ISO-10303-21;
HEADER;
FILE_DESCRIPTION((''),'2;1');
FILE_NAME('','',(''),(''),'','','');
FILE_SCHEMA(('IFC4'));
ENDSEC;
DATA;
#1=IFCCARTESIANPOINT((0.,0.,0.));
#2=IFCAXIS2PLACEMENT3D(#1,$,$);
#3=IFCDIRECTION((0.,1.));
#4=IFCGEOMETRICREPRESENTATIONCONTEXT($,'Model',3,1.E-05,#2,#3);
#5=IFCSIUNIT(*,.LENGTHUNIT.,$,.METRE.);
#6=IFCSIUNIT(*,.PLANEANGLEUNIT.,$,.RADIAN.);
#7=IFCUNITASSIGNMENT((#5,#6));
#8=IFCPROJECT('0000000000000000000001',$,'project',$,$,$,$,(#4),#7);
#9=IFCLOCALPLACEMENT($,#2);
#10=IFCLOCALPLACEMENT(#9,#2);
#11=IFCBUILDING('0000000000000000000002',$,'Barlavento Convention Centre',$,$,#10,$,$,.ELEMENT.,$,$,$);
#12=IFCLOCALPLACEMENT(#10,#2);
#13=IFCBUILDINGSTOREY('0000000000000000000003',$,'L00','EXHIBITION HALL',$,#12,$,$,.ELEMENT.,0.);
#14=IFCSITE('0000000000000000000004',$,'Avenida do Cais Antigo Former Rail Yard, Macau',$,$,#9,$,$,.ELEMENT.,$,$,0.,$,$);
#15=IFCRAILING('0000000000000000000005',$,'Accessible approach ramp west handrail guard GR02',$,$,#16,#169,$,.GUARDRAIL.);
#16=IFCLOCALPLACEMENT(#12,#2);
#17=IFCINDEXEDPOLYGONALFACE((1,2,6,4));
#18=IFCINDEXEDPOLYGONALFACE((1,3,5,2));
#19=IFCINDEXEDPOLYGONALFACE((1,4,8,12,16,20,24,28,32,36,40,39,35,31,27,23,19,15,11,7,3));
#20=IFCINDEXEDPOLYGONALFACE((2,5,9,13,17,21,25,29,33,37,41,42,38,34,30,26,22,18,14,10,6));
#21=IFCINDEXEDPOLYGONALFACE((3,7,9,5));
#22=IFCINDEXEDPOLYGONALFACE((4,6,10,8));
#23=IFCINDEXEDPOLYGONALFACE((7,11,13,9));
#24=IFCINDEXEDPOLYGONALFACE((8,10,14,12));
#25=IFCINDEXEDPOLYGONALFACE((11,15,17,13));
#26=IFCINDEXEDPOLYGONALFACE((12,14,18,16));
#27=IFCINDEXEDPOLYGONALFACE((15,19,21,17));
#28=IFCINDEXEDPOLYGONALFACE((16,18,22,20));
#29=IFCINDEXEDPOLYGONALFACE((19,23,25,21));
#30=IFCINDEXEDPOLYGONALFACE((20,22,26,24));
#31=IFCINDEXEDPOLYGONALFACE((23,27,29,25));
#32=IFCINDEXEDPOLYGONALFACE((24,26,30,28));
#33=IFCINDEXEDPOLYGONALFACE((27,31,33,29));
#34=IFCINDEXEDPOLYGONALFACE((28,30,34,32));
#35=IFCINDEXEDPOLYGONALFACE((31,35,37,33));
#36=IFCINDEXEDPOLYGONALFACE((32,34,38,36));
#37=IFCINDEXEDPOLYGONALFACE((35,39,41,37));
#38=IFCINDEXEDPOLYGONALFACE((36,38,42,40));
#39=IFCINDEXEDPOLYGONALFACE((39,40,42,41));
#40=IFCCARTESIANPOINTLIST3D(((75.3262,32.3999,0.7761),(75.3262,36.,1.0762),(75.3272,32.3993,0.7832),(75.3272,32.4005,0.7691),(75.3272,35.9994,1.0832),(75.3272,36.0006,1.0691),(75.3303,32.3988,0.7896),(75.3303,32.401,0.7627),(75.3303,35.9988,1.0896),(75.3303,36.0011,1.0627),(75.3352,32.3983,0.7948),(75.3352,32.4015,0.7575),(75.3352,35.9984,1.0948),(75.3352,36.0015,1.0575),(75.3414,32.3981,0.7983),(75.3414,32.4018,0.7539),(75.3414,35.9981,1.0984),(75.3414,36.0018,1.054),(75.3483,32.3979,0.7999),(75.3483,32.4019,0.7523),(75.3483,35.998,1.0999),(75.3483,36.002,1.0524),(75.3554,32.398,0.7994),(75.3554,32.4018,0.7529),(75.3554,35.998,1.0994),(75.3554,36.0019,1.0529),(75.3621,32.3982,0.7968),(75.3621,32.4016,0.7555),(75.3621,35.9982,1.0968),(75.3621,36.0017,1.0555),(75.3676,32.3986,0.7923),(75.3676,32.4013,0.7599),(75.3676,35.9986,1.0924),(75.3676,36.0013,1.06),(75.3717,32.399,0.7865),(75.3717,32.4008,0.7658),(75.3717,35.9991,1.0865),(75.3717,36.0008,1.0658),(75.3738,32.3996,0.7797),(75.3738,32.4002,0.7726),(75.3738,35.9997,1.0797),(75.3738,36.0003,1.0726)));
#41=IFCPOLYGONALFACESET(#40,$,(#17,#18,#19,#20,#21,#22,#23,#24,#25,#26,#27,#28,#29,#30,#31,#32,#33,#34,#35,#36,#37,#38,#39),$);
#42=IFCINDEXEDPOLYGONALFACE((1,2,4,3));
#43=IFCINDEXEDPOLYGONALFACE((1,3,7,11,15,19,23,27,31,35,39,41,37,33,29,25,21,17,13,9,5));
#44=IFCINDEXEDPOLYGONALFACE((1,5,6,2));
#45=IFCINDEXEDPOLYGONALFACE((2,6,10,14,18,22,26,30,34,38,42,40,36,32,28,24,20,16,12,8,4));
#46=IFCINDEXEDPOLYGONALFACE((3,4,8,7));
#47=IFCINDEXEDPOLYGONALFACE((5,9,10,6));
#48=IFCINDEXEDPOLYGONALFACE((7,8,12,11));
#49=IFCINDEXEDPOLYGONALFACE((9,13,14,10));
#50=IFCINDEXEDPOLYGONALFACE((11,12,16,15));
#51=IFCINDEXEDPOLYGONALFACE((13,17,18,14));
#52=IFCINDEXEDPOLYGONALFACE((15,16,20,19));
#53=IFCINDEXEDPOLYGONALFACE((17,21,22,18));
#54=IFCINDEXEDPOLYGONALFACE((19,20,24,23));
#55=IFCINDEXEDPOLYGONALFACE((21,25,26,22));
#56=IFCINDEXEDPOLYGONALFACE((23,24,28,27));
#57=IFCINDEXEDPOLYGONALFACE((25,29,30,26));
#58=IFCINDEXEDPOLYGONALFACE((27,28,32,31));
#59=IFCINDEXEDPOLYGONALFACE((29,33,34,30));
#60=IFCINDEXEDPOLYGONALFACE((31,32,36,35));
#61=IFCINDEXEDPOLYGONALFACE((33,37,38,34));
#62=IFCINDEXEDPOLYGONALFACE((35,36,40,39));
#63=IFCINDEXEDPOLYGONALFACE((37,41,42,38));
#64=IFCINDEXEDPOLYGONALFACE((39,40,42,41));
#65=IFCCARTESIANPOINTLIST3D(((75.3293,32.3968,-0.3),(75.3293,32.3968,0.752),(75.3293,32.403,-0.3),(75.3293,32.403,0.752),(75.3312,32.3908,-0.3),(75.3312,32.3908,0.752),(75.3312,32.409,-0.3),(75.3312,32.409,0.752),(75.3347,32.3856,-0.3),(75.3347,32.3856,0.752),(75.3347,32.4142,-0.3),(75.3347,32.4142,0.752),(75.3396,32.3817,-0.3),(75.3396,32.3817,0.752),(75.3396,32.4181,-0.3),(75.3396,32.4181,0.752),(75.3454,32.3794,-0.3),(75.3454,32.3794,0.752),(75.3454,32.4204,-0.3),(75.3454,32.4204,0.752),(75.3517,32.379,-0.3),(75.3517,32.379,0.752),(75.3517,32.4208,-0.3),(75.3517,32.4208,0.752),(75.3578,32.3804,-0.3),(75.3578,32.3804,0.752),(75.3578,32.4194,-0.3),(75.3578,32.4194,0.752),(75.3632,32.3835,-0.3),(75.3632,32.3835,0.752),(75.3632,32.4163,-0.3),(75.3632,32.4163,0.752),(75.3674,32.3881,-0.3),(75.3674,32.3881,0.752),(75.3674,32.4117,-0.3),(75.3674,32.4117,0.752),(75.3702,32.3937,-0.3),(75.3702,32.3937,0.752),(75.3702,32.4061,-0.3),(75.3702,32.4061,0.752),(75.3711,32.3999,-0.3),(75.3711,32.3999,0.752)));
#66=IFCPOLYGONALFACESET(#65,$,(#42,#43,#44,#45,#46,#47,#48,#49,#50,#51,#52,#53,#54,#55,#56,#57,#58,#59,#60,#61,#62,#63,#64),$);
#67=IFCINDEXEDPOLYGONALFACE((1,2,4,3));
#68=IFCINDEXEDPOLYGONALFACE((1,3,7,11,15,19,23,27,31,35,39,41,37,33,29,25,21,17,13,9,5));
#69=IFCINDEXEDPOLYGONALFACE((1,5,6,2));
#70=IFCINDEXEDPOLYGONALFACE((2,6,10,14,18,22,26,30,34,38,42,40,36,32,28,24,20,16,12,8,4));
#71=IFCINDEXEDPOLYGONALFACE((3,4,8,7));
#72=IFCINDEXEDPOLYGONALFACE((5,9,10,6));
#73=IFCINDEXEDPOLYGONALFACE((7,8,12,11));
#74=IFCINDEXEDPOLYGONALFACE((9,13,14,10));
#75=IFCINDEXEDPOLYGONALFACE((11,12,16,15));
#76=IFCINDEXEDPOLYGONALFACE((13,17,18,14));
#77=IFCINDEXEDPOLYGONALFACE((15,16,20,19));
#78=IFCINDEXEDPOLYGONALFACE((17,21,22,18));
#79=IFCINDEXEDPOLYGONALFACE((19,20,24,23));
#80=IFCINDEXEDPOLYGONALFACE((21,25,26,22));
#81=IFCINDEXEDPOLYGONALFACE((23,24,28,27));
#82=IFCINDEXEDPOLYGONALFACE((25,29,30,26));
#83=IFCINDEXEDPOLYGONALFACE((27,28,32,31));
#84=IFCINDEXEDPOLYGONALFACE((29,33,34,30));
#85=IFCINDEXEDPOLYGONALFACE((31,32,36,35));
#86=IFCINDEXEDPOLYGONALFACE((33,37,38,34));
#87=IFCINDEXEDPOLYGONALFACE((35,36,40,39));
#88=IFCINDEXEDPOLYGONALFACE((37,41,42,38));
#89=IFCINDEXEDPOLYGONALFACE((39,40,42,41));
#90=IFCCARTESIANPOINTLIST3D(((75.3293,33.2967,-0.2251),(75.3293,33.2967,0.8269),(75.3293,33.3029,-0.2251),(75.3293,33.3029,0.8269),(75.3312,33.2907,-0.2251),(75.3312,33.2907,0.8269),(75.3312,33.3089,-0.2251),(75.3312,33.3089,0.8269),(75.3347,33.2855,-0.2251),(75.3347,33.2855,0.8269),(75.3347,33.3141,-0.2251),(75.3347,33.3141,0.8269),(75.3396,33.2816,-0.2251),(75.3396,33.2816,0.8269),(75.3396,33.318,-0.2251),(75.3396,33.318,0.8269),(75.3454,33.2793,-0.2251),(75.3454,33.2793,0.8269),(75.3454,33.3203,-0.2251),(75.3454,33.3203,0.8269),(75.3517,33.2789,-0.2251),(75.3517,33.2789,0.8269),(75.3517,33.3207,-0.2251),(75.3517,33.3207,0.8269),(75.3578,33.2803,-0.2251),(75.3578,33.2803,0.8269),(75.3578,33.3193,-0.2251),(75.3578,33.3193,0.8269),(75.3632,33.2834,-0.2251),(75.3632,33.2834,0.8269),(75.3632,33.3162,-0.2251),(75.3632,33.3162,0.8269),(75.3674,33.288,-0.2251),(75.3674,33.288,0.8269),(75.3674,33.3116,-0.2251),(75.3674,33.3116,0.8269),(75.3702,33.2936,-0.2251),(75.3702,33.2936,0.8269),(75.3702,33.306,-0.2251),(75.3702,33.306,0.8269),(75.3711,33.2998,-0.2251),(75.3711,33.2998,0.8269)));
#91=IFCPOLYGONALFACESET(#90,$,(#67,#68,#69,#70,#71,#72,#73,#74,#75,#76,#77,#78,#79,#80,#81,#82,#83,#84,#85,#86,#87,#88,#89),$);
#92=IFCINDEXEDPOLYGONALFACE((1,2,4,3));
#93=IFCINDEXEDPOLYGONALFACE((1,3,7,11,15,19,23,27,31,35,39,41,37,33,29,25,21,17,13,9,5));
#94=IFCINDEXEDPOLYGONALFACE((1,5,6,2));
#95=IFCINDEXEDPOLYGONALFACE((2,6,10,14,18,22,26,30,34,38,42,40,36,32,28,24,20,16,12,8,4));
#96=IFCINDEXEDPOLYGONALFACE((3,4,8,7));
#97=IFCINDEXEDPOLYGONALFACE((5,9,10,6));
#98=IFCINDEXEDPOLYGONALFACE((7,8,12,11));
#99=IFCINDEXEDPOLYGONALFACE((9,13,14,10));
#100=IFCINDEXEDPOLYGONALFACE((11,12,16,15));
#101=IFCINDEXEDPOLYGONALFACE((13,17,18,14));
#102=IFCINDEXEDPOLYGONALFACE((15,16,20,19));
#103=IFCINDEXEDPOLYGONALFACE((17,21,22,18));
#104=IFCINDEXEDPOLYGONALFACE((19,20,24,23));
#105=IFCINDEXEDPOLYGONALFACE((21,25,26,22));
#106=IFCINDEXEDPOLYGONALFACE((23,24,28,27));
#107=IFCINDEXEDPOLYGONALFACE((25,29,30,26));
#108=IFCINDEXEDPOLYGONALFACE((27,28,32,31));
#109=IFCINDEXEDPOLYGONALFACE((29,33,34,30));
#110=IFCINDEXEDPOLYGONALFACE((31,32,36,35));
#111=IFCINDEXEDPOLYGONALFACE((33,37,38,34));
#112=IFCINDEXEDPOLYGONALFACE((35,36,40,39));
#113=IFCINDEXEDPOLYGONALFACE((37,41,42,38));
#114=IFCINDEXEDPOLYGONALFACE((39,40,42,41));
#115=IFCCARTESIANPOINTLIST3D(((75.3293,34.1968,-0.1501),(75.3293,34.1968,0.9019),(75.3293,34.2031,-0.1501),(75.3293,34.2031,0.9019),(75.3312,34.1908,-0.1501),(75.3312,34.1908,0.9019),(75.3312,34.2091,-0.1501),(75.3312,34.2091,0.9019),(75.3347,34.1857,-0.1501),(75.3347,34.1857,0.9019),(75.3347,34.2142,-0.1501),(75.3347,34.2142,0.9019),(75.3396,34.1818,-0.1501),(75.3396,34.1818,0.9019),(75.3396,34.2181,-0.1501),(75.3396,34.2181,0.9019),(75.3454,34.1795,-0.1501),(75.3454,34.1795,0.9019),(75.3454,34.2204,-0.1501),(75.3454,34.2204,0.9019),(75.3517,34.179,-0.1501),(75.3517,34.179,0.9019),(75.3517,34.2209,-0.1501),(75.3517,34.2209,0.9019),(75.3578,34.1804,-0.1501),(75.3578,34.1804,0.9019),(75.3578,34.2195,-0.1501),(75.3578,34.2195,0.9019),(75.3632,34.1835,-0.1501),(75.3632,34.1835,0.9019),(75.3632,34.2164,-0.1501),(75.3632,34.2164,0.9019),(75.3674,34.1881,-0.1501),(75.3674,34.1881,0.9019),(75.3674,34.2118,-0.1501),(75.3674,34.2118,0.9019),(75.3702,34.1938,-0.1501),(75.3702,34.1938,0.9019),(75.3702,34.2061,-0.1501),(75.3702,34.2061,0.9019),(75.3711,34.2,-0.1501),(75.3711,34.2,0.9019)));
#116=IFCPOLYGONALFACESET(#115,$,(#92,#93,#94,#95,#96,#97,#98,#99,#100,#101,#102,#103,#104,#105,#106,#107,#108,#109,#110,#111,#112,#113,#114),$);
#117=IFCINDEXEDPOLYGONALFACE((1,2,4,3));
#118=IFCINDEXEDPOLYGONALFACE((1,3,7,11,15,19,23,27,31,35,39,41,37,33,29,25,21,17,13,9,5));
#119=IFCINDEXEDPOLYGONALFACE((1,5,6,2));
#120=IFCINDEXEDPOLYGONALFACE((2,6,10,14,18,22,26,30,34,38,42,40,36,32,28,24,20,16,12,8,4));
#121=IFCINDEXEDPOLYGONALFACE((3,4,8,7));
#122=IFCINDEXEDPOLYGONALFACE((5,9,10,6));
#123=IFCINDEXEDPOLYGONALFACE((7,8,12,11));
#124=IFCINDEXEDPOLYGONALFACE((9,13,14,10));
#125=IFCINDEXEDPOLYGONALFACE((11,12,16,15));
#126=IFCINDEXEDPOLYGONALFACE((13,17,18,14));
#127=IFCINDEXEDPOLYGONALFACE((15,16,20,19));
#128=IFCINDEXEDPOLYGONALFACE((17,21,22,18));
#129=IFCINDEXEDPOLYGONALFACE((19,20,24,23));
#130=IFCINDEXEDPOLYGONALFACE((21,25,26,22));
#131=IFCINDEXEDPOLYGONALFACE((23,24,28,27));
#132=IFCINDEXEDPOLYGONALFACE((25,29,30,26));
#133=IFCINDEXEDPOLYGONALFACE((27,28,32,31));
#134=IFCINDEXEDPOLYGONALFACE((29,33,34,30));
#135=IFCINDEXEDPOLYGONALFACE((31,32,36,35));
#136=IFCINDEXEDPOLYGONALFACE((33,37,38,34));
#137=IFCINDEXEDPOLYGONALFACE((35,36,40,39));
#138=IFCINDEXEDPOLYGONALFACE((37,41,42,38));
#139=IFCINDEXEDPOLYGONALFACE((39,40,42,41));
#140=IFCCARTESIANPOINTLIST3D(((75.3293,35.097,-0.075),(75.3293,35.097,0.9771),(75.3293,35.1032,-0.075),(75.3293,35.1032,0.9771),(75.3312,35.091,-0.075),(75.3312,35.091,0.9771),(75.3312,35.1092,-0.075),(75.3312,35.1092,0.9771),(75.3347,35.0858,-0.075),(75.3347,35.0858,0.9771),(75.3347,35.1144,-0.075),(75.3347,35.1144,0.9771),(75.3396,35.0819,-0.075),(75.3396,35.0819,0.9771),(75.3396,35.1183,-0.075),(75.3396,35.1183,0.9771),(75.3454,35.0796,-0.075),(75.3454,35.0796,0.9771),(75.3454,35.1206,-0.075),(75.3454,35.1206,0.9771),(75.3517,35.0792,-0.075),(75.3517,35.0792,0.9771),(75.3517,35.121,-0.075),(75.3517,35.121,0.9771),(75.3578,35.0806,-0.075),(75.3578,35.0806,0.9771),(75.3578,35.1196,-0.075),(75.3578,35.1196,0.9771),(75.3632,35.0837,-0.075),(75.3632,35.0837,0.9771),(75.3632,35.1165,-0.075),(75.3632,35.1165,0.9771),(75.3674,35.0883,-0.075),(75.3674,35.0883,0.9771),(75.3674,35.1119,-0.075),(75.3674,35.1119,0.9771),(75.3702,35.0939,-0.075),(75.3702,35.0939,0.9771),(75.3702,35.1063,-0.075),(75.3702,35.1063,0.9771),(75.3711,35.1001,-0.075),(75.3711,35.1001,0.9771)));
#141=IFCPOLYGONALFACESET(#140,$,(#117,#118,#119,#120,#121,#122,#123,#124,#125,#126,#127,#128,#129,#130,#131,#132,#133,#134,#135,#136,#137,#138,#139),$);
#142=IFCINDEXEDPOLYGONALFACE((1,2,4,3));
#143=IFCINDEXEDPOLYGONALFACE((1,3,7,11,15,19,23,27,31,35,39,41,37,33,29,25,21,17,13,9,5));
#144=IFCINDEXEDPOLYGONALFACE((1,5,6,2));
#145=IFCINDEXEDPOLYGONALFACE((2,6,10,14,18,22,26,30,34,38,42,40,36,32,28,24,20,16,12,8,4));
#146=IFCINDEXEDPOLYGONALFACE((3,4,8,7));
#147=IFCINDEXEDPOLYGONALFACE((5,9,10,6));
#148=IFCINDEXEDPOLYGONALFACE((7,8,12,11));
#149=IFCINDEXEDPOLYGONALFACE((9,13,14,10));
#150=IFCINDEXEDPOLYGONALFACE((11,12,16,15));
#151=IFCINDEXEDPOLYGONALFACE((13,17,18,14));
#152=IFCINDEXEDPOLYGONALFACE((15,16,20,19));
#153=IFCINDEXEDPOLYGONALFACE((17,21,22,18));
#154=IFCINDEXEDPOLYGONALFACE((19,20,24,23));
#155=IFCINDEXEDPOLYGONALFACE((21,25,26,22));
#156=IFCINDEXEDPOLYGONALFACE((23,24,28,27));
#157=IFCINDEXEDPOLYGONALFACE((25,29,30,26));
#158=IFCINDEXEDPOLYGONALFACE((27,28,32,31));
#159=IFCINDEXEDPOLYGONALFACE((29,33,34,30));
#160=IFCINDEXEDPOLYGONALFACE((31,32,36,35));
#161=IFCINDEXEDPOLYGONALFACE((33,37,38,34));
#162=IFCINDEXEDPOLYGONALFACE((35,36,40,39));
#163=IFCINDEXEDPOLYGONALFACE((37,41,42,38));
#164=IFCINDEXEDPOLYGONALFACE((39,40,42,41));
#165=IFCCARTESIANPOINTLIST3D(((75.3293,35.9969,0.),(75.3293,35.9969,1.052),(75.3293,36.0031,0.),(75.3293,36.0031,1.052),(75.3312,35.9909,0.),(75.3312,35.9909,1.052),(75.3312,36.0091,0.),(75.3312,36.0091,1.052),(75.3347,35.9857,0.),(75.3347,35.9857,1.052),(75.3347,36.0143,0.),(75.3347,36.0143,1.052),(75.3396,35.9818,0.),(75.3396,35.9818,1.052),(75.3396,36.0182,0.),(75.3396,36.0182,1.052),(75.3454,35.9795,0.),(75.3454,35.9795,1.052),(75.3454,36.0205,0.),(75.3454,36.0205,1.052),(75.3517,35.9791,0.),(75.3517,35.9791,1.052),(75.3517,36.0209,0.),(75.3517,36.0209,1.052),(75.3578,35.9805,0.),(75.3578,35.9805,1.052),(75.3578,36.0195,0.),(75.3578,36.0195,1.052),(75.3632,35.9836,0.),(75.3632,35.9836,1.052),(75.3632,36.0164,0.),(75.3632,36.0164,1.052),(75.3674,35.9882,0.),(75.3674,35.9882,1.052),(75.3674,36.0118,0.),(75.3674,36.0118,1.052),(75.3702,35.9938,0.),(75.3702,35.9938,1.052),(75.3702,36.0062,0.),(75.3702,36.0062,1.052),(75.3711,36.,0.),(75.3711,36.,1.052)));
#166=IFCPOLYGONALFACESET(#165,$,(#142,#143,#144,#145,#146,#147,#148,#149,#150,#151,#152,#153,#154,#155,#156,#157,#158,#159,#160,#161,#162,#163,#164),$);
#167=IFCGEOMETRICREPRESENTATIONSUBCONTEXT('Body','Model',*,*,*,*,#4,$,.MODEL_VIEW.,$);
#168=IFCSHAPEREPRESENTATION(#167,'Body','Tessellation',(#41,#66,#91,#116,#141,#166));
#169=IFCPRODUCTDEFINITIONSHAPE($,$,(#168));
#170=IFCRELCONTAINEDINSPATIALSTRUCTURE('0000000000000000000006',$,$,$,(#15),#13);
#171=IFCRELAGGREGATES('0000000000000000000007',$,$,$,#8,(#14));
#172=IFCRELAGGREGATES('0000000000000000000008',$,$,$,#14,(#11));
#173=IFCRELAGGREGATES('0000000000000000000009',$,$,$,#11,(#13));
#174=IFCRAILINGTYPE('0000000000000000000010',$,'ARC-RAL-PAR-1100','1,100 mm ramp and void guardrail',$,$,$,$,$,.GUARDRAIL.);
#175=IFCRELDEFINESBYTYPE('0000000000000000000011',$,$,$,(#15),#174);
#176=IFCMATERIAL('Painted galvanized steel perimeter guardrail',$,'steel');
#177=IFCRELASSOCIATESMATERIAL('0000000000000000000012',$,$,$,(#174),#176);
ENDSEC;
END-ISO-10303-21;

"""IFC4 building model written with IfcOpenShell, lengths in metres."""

from ifc_helpers import new_model, si_unit, direction, frame, origin, origin_2d, place, context, subcontext, project, spatial, circle, extrude, material, type_object, element, save


model = new_model("IFC4")

# Units and contexts
model_context = context("Model", 3, precision=1e-05, world=origin(), true_north=direction((0.0, 1.0)))
body_context = subcontext(model_context, "Body", "Model", "MODEL_VIEW")
ifc_project = project(units=[si_unit("LENGTHUNIT", "METRE"), si_unit("PLANEANGLEUNIT", "RADIAN")], contexts=[model_context])

# Site, building, storey
site_placement = place(None, origin())
site = spatial("IfcSite", under=ifc_project, at=site_placement, Name="Avenida do Cais Antigo Former Rail Yard, Macau", CompositionType="ELEMENT", RefElevation=0.0)
building_placement = place(site_placement, origin())
building = spatial("IfcBuilding", under=site, at=building_placement, Name="Barlavento Convention Centre", CompositionType="ELEMENT")
storey_placement = place(building_placement, origin())
storey = spatial("IfcBuildingStorey", under=building, at=storey_placement, Name="L00", Description="EXHIBITION HALL", CompositionType="ELEMENT", Elevation=0.0)

# Railing
ifc_material_1 = material(Name="Painted galvanized steel perimeter guardrail", Category="steel")
railing_type = type_object("IfcRailingType", Name="ARC-RAL-PAR-1100", Description="1,100 mm ramp and void guardrail", PredefinedType="GUARDRAIL", material=ifc_material_1)
for number, where, name in (
    (1, (75.3501, 32.3999, -0.3), "Accessible approach ramp west handrail guard GR02"),
):
    element("IfcRailing", number, at=place(storey_placement, frame(where)), inside=storey, type_object=railing_type, Name=name, PredefinedType="GUARDRAIL", context=body_context, shape_type="SweptSolid", body=[
        extrude(circle(Radius=0.0239, at=origin_2d()), frame((0.0, 0.0, 1.0762), z_axis=(0.0, 0.996545, 0.083057), x_axis=(-1.0, 0.0, 0.0)), (0.0, 0.0, 1.0), 3.6125),
        extrude(circle(Radius=0.021, at=origin_2d()), origin(), (0.0, 0.0, 1.0), 1.052),
        extrude(circle(Radius=0.021, at=origin_2d()), frame((0.0, 0.8999, 0.075)), (0.0, 0.0, 1.0), 1.052),
        extrude(circle(Radius=0.021, at=origin_2d()), frame((0.0, 1.8, 0.1499)), (0.0, 0.0, 1.0), 1.052),
        extrude(circle(Radius=0.021, at=origin_2d()), frame((0.0, 2.7002, 0.2251)), (0.0, 0.0, 1.0), 1.052),
        extrude(circle(Radius=0.021, at=origin_2d()), frame((0.0, 3.6001, 0.3)), (0.0, 0.0, 1.0), 1.052),
    ])

save(model, "model.ifc")
